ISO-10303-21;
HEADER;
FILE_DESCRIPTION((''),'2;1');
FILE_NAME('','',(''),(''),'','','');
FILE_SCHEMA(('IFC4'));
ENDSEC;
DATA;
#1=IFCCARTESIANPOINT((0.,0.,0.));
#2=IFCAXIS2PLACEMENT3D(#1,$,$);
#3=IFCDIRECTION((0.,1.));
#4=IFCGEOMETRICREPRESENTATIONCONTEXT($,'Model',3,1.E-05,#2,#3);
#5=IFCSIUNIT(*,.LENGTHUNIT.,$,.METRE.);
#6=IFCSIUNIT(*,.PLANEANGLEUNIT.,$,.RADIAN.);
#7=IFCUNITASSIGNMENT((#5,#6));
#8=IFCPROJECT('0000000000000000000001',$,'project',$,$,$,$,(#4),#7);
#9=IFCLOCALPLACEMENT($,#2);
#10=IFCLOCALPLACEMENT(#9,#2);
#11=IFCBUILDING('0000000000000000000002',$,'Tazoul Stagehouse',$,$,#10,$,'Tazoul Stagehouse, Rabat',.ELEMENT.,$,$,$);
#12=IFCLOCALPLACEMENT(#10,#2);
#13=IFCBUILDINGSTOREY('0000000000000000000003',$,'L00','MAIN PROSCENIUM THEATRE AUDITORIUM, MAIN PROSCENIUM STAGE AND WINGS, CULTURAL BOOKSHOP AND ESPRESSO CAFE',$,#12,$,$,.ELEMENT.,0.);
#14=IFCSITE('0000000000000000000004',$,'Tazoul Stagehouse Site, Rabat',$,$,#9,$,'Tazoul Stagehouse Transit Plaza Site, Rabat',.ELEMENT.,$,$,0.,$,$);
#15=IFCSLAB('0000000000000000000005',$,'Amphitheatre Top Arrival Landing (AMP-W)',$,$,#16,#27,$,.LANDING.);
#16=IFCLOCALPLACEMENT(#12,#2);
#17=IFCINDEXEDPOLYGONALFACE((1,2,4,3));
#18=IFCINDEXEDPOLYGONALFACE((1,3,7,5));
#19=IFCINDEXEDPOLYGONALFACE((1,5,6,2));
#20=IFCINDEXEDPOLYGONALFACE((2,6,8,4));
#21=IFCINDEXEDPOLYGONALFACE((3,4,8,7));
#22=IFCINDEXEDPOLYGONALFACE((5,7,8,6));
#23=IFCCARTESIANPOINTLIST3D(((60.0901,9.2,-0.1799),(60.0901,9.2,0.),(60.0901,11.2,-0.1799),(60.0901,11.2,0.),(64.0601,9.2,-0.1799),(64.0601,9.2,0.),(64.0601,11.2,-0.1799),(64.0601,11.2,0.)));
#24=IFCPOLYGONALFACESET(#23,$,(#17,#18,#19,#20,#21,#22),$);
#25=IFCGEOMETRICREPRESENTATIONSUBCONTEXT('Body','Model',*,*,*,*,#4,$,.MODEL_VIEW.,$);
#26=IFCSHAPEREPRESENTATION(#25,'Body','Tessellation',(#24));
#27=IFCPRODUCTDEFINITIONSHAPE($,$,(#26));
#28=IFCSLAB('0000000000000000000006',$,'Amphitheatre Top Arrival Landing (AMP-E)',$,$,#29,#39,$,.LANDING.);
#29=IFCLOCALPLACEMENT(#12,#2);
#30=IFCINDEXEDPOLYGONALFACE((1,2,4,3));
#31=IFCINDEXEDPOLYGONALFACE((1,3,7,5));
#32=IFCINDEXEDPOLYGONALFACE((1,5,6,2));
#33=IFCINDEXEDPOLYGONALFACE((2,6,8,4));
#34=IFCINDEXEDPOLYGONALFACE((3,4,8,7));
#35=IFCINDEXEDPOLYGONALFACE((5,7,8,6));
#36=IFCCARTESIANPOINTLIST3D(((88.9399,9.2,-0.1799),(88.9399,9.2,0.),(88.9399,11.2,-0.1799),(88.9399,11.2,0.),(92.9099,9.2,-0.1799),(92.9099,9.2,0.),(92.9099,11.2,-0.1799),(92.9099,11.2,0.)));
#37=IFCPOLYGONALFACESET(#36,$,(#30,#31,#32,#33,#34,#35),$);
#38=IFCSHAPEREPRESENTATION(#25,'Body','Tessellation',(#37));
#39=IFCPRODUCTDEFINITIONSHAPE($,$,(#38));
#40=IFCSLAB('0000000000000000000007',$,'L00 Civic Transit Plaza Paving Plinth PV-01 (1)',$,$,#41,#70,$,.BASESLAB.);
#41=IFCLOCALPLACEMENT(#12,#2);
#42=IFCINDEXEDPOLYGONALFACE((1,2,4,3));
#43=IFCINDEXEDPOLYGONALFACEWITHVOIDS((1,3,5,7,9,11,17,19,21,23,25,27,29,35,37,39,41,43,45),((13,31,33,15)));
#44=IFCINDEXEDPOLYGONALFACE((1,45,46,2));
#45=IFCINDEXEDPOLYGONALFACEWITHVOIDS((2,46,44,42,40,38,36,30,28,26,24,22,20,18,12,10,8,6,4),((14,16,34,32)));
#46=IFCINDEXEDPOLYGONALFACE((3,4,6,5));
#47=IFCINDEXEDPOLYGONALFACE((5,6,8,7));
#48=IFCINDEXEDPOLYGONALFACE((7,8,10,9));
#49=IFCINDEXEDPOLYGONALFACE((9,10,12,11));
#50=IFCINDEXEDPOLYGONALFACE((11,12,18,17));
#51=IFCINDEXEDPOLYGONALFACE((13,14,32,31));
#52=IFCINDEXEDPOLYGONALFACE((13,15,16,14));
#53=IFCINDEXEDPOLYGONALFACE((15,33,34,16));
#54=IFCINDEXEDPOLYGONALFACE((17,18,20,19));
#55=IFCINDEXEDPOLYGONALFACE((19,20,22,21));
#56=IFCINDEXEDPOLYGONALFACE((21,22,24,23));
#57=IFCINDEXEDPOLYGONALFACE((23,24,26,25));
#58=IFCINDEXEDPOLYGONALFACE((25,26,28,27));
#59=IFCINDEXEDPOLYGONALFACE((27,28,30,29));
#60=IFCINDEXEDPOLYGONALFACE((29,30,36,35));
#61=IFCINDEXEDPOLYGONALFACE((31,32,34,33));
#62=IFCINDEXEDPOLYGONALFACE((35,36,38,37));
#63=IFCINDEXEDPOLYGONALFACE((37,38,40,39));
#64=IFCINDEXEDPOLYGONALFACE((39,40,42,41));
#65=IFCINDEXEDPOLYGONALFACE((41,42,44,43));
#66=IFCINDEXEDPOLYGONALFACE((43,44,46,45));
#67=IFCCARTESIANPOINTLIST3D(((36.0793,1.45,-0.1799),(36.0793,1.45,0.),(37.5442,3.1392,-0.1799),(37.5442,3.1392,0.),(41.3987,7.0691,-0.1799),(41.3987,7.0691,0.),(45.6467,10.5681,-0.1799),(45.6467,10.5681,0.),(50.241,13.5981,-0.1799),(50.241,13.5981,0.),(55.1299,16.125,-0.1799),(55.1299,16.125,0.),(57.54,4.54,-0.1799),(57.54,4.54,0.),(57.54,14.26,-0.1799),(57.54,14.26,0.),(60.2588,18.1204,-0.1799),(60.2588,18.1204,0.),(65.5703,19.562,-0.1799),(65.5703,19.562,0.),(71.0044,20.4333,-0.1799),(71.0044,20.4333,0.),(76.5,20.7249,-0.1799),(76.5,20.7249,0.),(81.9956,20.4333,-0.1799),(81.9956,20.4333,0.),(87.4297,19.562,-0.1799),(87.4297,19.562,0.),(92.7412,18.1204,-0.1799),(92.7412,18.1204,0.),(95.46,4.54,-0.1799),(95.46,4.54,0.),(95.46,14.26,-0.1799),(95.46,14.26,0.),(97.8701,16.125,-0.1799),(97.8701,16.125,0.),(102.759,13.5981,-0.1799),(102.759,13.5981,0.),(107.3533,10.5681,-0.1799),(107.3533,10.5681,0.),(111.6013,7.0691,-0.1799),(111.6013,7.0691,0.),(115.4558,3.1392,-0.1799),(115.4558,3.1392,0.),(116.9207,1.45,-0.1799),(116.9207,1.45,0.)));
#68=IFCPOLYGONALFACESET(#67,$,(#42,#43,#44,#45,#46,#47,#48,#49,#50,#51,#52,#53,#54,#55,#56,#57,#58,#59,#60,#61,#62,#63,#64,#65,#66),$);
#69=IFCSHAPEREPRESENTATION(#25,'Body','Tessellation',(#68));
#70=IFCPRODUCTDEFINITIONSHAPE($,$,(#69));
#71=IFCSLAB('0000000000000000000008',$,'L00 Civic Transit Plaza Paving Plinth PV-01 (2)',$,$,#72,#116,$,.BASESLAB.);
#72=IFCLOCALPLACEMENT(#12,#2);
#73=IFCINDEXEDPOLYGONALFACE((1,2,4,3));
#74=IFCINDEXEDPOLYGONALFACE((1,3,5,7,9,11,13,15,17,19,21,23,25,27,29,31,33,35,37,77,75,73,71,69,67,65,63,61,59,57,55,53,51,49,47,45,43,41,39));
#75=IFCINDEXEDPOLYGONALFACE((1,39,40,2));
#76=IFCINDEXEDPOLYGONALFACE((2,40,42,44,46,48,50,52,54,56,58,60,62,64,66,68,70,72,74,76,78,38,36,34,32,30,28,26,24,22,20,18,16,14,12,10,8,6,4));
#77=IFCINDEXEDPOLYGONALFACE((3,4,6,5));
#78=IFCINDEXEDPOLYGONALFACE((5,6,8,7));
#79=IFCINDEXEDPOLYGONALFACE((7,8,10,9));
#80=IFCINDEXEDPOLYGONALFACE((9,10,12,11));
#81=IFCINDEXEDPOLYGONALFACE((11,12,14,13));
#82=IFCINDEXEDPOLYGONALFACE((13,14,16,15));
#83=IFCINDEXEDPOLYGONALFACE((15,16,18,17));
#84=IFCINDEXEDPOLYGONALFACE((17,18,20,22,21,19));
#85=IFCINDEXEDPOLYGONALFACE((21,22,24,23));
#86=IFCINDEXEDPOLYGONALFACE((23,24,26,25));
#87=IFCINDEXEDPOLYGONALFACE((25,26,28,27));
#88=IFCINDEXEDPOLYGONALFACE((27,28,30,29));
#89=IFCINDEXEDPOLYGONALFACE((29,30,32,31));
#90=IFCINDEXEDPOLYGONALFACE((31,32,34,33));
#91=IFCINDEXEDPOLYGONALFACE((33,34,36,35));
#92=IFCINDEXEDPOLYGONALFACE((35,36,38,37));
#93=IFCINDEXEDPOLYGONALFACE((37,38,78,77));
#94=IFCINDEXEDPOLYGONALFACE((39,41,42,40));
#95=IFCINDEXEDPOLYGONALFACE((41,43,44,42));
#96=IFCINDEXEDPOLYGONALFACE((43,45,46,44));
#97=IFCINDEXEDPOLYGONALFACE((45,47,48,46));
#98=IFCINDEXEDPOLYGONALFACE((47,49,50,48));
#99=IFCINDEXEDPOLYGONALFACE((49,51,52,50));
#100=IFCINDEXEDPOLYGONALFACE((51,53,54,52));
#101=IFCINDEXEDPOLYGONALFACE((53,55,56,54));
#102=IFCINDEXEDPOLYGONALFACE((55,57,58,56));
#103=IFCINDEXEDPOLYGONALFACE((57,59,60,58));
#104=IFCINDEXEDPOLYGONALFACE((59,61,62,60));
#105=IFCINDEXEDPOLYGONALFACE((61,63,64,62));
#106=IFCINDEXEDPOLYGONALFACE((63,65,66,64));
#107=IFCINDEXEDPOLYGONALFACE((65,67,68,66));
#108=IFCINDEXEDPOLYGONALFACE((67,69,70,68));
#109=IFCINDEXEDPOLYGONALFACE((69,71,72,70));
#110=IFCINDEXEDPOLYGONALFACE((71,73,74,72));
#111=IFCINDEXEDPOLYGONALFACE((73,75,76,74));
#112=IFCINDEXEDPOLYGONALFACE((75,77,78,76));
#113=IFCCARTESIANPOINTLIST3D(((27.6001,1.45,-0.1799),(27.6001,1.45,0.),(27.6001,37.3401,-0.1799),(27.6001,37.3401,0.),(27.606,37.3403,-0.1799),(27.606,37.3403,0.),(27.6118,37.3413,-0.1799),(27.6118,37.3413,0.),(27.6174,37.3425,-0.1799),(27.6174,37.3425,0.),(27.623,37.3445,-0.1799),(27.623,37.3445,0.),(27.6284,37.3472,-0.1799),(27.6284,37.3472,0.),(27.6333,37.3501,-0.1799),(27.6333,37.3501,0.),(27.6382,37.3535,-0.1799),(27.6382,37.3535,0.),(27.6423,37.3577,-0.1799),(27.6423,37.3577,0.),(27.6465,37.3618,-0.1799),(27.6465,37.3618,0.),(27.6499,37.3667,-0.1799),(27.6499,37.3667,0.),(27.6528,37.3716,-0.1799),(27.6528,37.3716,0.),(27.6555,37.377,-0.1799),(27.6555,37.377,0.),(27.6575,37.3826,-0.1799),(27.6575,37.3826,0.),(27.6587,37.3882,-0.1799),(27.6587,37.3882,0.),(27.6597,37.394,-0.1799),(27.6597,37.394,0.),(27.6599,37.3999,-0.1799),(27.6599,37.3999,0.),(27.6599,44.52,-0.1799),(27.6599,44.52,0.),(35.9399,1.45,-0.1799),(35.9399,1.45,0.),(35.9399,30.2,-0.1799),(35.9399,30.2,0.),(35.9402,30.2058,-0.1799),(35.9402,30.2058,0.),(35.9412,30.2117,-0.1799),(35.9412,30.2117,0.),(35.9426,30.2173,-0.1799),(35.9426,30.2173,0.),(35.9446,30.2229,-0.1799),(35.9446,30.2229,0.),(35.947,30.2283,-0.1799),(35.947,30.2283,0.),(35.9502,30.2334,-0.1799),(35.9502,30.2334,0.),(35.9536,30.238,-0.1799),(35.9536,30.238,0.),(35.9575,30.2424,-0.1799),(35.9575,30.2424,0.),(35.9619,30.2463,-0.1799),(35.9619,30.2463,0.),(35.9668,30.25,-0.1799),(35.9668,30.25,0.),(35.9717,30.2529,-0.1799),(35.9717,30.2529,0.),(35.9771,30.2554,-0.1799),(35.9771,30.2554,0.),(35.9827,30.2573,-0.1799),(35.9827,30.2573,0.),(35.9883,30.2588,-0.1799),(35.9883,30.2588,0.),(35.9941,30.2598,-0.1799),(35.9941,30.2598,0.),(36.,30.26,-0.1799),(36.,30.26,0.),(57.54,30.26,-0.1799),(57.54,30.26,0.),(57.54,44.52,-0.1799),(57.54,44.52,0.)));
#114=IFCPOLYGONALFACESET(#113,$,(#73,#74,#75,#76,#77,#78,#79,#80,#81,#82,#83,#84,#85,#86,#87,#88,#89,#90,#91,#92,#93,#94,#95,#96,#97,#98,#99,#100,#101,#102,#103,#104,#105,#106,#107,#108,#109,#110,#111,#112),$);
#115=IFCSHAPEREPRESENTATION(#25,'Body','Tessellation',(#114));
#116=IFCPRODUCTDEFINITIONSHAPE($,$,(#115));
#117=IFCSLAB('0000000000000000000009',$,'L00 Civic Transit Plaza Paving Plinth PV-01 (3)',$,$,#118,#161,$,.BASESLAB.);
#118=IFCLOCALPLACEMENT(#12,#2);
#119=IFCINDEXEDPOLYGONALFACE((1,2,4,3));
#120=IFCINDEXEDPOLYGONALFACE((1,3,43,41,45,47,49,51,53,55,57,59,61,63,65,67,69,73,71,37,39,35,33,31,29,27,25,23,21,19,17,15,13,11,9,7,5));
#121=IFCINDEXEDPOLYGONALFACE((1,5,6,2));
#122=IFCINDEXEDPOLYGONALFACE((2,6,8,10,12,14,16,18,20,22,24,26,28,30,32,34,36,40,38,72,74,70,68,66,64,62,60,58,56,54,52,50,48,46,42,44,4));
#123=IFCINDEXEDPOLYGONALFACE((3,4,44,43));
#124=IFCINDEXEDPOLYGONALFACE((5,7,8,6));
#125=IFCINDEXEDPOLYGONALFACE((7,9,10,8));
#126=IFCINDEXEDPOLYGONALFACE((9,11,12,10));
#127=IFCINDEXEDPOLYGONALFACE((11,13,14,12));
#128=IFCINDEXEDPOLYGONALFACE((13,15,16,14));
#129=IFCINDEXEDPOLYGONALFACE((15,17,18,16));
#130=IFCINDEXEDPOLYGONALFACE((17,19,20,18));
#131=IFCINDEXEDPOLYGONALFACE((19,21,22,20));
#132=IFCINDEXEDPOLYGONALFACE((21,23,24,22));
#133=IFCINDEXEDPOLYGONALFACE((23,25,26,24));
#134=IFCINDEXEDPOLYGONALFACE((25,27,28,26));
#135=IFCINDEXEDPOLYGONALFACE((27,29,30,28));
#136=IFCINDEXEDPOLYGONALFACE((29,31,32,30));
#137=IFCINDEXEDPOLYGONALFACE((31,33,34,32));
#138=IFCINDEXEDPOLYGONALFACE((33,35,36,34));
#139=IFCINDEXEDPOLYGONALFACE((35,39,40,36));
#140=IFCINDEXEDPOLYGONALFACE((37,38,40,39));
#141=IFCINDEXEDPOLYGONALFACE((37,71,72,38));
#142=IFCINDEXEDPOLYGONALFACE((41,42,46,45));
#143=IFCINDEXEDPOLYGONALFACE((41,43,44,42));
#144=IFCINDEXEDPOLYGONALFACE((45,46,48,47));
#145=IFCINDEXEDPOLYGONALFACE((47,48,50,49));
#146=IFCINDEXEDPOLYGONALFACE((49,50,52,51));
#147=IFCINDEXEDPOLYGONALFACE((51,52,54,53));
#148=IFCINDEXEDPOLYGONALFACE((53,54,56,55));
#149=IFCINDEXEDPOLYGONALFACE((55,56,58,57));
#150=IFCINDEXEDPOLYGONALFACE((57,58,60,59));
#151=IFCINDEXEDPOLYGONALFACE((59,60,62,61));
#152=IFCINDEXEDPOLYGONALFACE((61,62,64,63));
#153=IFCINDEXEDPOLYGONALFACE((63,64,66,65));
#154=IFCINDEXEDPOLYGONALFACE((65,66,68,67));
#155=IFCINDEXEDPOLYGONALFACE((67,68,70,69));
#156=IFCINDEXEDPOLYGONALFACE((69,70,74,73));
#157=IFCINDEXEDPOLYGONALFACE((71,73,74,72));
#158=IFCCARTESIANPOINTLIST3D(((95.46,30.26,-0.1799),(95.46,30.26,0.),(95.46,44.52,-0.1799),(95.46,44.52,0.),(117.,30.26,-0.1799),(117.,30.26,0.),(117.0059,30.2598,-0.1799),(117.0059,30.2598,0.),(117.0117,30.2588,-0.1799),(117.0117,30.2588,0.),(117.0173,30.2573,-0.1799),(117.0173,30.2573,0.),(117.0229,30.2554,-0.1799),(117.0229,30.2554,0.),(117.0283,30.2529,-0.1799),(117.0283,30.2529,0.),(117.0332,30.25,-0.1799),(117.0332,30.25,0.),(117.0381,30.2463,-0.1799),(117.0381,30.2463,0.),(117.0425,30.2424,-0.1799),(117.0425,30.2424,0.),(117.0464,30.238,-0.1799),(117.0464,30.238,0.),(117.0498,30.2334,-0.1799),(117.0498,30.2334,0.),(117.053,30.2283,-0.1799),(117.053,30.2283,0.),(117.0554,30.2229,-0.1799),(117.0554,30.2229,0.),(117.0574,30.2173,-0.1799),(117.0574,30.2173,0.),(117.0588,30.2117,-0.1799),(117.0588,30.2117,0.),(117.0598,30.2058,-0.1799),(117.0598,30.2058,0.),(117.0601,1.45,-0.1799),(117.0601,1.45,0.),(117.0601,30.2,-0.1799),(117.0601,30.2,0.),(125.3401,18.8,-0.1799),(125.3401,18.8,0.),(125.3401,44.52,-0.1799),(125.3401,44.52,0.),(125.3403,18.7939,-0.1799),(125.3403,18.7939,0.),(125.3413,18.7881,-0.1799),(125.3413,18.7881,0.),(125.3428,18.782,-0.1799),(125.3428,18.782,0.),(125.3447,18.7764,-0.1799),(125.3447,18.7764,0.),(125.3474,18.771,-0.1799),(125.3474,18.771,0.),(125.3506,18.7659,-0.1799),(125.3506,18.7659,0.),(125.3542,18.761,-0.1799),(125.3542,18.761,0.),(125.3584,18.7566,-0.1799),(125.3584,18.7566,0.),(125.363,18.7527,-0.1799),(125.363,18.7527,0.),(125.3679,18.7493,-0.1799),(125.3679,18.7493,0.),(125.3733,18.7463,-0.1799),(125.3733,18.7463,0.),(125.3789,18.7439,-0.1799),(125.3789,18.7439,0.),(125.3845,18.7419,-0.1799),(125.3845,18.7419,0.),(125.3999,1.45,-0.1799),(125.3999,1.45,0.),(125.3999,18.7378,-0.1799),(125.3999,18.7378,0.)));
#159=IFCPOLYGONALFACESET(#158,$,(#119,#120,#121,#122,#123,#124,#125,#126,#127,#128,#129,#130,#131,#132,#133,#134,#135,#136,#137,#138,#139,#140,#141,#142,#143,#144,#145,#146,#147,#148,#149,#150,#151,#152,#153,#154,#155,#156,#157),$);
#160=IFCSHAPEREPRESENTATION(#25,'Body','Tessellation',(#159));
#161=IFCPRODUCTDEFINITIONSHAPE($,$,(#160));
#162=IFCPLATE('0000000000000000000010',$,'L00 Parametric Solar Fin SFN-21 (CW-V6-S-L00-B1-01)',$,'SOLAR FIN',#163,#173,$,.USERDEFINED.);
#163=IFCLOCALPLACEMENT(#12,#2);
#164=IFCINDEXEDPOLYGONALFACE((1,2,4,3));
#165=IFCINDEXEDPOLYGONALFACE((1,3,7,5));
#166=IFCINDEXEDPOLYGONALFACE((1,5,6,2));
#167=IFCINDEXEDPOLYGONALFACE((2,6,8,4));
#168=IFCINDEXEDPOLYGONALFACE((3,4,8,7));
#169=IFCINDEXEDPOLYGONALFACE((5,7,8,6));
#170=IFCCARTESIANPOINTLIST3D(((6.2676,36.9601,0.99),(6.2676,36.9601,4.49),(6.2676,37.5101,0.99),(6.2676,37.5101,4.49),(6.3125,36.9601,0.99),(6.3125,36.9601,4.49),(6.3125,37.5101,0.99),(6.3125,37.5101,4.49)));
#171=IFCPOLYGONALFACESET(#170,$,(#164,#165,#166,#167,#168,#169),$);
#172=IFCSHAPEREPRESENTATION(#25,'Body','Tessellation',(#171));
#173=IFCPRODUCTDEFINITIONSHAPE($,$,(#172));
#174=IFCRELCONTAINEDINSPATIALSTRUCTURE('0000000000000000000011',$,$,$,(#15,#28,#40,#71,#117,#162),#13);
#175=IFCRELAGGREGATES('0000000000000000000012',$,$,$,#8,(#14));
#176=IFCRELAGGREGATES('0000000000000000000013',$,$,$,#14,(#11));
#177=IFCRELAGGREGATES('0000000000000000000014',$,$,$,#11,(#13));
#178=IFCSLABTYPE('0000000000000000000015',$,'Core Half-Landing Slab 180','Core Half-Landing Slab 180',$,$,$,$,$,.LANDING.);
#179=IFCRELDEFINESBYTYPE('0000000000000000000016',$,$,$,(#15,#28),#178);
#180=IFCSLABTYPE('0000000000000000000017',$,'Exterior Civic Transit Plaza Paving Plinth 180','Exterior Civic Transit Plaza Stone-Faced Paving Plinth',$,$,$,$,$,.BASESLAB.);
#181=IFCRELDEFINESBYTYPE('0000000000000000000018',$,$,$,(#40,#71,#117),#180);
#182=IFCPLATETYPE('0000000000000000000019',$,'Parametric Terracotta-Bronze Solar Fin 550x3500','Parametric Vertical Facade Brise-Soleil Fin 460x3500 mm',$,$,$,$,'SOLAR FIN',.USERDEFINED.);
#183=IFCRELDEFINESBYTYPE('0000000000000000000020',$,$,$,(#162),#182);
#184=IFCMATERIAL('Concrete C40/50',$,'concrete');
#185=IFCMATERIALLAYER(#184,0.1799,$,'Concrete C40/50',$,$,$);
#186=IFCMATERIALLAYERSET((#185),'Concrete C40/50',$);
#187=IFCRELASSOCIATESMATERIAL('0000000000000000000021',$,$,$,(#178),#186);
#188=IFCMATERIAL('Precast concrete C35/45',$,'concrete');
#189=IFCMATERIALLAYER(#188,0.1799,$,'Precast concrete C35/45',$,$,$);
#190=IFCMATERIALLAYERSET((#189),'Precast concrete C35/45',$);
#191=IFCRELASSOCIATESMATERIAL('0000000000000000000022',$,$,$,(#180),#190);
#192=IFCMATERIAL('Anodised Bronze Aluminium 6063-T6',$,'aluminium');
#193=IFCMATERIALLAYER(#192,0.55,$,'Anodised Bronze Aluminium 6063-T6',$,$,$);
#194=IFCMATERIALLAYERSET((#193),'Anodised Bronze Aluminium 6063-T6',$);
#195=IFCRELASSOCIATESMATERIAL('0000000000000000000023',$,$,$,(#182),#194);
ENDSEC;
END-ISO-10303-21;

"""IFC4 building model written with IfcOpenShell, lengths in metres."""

from ifc_helpers import new_model, si_unit, direction, frame, origin, origin_2d, place, context, subcontext, project, spatial, polyline, rectangle, outline, extrude, material, layer, layer_set, type_object, element, save


model = new_model("IFC4")

# Units and contexts
model_context = context("Model", 3, precision=1e-05, world=origin(), true_north=direction((0.0, 1.0)))
body_context = subcontext(model_context, "Body", "Model", "MODEL_VIEW")
ifc_project = project(units=[si_unit("LENGTHUNIT", "METRE"), si_unit("PLANEANGLEUNIT", "RADIAN")], contexts=[model_context])

# Site, building, storey
site_placement = place(None, origin())
site = spatial("IfcSite", under=ifc_project, at=site_placement, Name="Tazoul Stagehouse Site, Rabat", LongName="Tazoul Stagehouse Transit Plaza Site, Rabat", CompositionType="ELEMENT", RefElevation=0.0)
building_placement = place(site_placement, origin())
building = spatial("IfcBuilding", under=site, at=building_placement, Name="Tazoul Stagehouse", LongName="Tazoul Stagehouse, Rabat", CompositionType="ELEMENT")
storey_placement = place(building_placement, origin())
storey = spatial("IfcBuildingStorey", under=building, at=storey_placement, Name="L00", Description="MAIN PROSCENIUM THEATRE AUDITORIUM, MAIN PROSCENIUM STAGE AND WINGS, CULTURAL BOOKSHOP AND ESPRESSO CAFE", CompositionType="ELEMENT", Elevation=0.0)

# Slabs
ifc_material_1 = material(Name="Concrete C40/50", Category="concrete")
ifc_layer_1 = layer(ifc_material_1, 0.1799, Name="Concrete C40/50")
ifc_layer_set_1 = layer_set([ifc_layer_1], Name="Concrete C40/50")
slab_type_1 = type_object("IfcSlabType", Name="Core Half-Landing Slab 180", Description="Core Half-Landing Slab 180", PredefinedType="LANDING", material=ifc_layer_set_1)
slab_1_placement = place(storey_placement, frame((0.0, 0.0, -0.1799)))
element("IfcSlab", 1, at=slab_1_placement, inside=storey, type_object=slab_type_1, Name="Amphitheatre Top Arrival Landing (AMP-W)", PredefinedType="LANDING", context=body_context, shape_type="SweptSolid", body=[
    extrude(outline(polyline([(60.0901, 9.2), (64.0601, 9.2), (64.0601, 11.2), (60.0901, 11.2), (60.0901, 9.2)])), origin(), (0.0, 0.0, 1.0), 0.1799),
])
slab_2_placement = place(storey_placement, frame((0.0, 0.0, -0.1799)))
element("IfcSlab", 2, at=slab_2_placement, inside=storey, type_object=slab_type_1, Name="Amphitheatre Top Arrival Landing (AMP-E)", PredefinedType="LANDING", context=body_context, shape_type="SweptSolid", body=[
    extrude(outline(polyline([(88.9399, 9.2), (92.9099, 9.2), (92.9099, 11.2), (88.9399, 11.2), (88.9399, 9.2)])), origin(), (0.0, 0.0, 1.0), 0.1799),
])
ifc_material_2 = material(Name="Precast concrete C35/45", Category="concrete")
ifc_layer_2 = layer(ifc_material_2, 0.1799, Name="Precast concrete C35/45")
ifc_layer_set_2 = layer_set([ifc_layer_2], Name="Precast concrete C35/45")
slab_type_2 = type_object("IfcSlabType", Name="Exterior Civic Transit Plaza Paving Plinth 180", Description="Exterior Civic Transit Plaza Stone-Faced Paving Plinth", PredefinedType="BASESLAB", material=ifc_layer_set_2)
slab_3_placement = place(storey_placement, frame((0.0, 0.0, -0.1799)))
element("IfcSlab", 3, at=slab_3_placement, inside=storey, type_object=slab_type_2, Name="L00 Civic Transit Plaza Paving Plinth PV-01 (1)", PredefinedType="BASESLAB", context=body_context, shape_type="SweptSolid", body=[
    extrude(outline(polyline([(37.5442, 3.1392), (41.3987, 7.0691), (45.6467, 10.5681), (50.241, 13.5981), (55.1299, 16.125), (60.2588, 18.1204), (65.5703, 19.562), (71.0044, 20.4333), (76.5, 20.7249), (81.9956, 20.4333), (87.4297, 19.562), (92.7412, 18.1204), (97.8701, 16.125), (102.759, 13.5981), (107.3533, 10.5681), (111.6013, 7.0691), (115.4558, 3.1392), (116.9207, 1.45), (36.0793, 1.45), (37.5442, 3.1392)]), holes=[polyline([(95.46, 14.26), (57.54, 14.26), (57.54, 4.54), (95.46, 4.54), (95.46, 14.26)])]), origin(), (0.0, 0.0, 1.0), 0.1799),
])
slab_4_placement = place(storey_placement, frame((0.0, 0.0, -0.1799)))
element("IfcSlab", 4, at=slab_4_placement, inside=storey, type_object=slab_type_2, Name="L00 Civic Transit Plaza Paving Plinth PV-01 (2)", PredefinedType="BASESLAB", context=body_context, shape_type="SweptSolid", body=[
    extrude(outline(polyline([(57.54, 30.26), (36.0, 30.26), (35.9941, 30.2598), (35.9883, 30.2588), (35.9827, 30.2573), (35.9771, 30.2554), (35.9717, 30.2529), (35.9668, 30.25), (35.9619, 30.2463), (35.9575, 30.2424), (35.9536, 30.238), (35.9502, 30.2334), (35.947, 30.2283), (35.9446, 30.2229), (35.9426, 30.2173), (35.9412, 30.2117), (35.9402, 30.2058), (35.9399, 30.2), (35.9399, 1.45), (27.6001, 1.45), (27.6001, 37.3401), (27.606, 37.3403), (27.6118, 37.3413), (27.6174, 37.3425), (27.623, 37.3445), (27.6284, 37.3472), (27.6333, 37.3501), (27.6382, 37.3535), (27.6423, 37.3577), (27.6465, 37.3618), (27.6499, 37.3667), (27.6528, 37.3716), (27.6555, 37.377), (27.6575, 37.3826), (27.6587, 37.3882), (27.6597, 37.394), (27.6599, 37.3999), (27.6599, 44.52), (57.54, 44.52), (57.54, 30.26)])), origin(), (0.0, 0.0, 1.0), 0.1799),
])
slab_5_placement = place(storey_placement, frame((0.0, 0.0, -0.1799)))
element("IfcSlab", 5, at=slab_5_placement, inside=storey, type_object=slab_type_2, Name="L00 Civic Transit Plaza Paving Plinth PV-01 (3)", PredefinedType="BASESLAB", context=body_context, shape_type="SweptSolid", body=[
    extrude(outline(polyline([(117.0601, 1.45), (117.0601, 30.2), (117.0598, 30.2058), (117.0588, 30.2117), (117.0574, 30.2173), (117.0554, 30.2229), (117.053, 30.2283), (117.0498, 30.2334), (117.0464, 30.238), (117.0425, 30.2424), (117.0381, 30.2463), (117.0332, 30.25), (117.0283, 30.2529), (117.0229, 30.2554), (117.0173, 30.2573), (117.0117, 30.2588), (117.0059, 30.2598), (117.0, 30.26), (95.46, 30.26), (95.46, 44.52), (125.3401, 44.52), (125.3401, 18.8), (125.3403, 18.7939), (125.3413, 18.7881), (125.3428, 18.782), (125.3447, 18.7764), (125.3474, 18.771), (125.3506, 18.7659), (125.3542, 18.761), (125.3584, 18.7566), (125.363, 18.7527), (125.3679, 18.7493), (125.3733, 18.7463), (125.3789, 18.7439), (125.3845, 18.7419), (125.3999, 18.7378), (125.3999, 1.45), (117.0601, 1.45)])), origin(), (0.0, 0.0, 1.0), 0.1799),
])

# Plate
ifc_material_3 = material(Name="Anodised Bronze Aluminium 6063-T6", Category="aluminium")
ifc_layer_3 = layer(ifc_material_3, 0.55, Name="Anodised Bronze Aluminium 6063-T6")
ifc_layer_set_3 = layer_set([ifc_layer_3], Name="Anodised Bronze Aluminium 6063-T6")
plate_type = type_object("IfcPlateType", Name="Parametric Terracotta-Bronze Solar Fin 550x3500", Description="Parametric Vertical Facade Brise-Soleil Fin 460x3500 mm", ElementType="SOLAR FIN", PredefinedType="USERDEFINED", material=ifc_layer_set_3)
for number, where, z_axis, x_axis, name in (
    (6, (6.29, 37.2351, 0.99), (0.0, 0.0, 1.0), (1.0, 0.0, 0.0), "L00 Parametric Solar Fin SFN-21 (CW-V6-S-L00-B1-01)"),
):
    element("IfcPlate", number, at=place(storey_placement, frame(where, z_axis=z_axis, x_axis=x_axis)), inside=storey, type_object=plate_type, Name=name, ObjectType="SOLAR FIN", PredefinedType="USERDEFINED", context=body_context, shape_type="SweptSolid", body=[
        extrude(rectangle(XDim=0.0449, YDim=0.55, at=origin_2d()), origin(), (0.0, 0.0, 1.0), 3.5),
    ])

save(model, "model.ifc")
